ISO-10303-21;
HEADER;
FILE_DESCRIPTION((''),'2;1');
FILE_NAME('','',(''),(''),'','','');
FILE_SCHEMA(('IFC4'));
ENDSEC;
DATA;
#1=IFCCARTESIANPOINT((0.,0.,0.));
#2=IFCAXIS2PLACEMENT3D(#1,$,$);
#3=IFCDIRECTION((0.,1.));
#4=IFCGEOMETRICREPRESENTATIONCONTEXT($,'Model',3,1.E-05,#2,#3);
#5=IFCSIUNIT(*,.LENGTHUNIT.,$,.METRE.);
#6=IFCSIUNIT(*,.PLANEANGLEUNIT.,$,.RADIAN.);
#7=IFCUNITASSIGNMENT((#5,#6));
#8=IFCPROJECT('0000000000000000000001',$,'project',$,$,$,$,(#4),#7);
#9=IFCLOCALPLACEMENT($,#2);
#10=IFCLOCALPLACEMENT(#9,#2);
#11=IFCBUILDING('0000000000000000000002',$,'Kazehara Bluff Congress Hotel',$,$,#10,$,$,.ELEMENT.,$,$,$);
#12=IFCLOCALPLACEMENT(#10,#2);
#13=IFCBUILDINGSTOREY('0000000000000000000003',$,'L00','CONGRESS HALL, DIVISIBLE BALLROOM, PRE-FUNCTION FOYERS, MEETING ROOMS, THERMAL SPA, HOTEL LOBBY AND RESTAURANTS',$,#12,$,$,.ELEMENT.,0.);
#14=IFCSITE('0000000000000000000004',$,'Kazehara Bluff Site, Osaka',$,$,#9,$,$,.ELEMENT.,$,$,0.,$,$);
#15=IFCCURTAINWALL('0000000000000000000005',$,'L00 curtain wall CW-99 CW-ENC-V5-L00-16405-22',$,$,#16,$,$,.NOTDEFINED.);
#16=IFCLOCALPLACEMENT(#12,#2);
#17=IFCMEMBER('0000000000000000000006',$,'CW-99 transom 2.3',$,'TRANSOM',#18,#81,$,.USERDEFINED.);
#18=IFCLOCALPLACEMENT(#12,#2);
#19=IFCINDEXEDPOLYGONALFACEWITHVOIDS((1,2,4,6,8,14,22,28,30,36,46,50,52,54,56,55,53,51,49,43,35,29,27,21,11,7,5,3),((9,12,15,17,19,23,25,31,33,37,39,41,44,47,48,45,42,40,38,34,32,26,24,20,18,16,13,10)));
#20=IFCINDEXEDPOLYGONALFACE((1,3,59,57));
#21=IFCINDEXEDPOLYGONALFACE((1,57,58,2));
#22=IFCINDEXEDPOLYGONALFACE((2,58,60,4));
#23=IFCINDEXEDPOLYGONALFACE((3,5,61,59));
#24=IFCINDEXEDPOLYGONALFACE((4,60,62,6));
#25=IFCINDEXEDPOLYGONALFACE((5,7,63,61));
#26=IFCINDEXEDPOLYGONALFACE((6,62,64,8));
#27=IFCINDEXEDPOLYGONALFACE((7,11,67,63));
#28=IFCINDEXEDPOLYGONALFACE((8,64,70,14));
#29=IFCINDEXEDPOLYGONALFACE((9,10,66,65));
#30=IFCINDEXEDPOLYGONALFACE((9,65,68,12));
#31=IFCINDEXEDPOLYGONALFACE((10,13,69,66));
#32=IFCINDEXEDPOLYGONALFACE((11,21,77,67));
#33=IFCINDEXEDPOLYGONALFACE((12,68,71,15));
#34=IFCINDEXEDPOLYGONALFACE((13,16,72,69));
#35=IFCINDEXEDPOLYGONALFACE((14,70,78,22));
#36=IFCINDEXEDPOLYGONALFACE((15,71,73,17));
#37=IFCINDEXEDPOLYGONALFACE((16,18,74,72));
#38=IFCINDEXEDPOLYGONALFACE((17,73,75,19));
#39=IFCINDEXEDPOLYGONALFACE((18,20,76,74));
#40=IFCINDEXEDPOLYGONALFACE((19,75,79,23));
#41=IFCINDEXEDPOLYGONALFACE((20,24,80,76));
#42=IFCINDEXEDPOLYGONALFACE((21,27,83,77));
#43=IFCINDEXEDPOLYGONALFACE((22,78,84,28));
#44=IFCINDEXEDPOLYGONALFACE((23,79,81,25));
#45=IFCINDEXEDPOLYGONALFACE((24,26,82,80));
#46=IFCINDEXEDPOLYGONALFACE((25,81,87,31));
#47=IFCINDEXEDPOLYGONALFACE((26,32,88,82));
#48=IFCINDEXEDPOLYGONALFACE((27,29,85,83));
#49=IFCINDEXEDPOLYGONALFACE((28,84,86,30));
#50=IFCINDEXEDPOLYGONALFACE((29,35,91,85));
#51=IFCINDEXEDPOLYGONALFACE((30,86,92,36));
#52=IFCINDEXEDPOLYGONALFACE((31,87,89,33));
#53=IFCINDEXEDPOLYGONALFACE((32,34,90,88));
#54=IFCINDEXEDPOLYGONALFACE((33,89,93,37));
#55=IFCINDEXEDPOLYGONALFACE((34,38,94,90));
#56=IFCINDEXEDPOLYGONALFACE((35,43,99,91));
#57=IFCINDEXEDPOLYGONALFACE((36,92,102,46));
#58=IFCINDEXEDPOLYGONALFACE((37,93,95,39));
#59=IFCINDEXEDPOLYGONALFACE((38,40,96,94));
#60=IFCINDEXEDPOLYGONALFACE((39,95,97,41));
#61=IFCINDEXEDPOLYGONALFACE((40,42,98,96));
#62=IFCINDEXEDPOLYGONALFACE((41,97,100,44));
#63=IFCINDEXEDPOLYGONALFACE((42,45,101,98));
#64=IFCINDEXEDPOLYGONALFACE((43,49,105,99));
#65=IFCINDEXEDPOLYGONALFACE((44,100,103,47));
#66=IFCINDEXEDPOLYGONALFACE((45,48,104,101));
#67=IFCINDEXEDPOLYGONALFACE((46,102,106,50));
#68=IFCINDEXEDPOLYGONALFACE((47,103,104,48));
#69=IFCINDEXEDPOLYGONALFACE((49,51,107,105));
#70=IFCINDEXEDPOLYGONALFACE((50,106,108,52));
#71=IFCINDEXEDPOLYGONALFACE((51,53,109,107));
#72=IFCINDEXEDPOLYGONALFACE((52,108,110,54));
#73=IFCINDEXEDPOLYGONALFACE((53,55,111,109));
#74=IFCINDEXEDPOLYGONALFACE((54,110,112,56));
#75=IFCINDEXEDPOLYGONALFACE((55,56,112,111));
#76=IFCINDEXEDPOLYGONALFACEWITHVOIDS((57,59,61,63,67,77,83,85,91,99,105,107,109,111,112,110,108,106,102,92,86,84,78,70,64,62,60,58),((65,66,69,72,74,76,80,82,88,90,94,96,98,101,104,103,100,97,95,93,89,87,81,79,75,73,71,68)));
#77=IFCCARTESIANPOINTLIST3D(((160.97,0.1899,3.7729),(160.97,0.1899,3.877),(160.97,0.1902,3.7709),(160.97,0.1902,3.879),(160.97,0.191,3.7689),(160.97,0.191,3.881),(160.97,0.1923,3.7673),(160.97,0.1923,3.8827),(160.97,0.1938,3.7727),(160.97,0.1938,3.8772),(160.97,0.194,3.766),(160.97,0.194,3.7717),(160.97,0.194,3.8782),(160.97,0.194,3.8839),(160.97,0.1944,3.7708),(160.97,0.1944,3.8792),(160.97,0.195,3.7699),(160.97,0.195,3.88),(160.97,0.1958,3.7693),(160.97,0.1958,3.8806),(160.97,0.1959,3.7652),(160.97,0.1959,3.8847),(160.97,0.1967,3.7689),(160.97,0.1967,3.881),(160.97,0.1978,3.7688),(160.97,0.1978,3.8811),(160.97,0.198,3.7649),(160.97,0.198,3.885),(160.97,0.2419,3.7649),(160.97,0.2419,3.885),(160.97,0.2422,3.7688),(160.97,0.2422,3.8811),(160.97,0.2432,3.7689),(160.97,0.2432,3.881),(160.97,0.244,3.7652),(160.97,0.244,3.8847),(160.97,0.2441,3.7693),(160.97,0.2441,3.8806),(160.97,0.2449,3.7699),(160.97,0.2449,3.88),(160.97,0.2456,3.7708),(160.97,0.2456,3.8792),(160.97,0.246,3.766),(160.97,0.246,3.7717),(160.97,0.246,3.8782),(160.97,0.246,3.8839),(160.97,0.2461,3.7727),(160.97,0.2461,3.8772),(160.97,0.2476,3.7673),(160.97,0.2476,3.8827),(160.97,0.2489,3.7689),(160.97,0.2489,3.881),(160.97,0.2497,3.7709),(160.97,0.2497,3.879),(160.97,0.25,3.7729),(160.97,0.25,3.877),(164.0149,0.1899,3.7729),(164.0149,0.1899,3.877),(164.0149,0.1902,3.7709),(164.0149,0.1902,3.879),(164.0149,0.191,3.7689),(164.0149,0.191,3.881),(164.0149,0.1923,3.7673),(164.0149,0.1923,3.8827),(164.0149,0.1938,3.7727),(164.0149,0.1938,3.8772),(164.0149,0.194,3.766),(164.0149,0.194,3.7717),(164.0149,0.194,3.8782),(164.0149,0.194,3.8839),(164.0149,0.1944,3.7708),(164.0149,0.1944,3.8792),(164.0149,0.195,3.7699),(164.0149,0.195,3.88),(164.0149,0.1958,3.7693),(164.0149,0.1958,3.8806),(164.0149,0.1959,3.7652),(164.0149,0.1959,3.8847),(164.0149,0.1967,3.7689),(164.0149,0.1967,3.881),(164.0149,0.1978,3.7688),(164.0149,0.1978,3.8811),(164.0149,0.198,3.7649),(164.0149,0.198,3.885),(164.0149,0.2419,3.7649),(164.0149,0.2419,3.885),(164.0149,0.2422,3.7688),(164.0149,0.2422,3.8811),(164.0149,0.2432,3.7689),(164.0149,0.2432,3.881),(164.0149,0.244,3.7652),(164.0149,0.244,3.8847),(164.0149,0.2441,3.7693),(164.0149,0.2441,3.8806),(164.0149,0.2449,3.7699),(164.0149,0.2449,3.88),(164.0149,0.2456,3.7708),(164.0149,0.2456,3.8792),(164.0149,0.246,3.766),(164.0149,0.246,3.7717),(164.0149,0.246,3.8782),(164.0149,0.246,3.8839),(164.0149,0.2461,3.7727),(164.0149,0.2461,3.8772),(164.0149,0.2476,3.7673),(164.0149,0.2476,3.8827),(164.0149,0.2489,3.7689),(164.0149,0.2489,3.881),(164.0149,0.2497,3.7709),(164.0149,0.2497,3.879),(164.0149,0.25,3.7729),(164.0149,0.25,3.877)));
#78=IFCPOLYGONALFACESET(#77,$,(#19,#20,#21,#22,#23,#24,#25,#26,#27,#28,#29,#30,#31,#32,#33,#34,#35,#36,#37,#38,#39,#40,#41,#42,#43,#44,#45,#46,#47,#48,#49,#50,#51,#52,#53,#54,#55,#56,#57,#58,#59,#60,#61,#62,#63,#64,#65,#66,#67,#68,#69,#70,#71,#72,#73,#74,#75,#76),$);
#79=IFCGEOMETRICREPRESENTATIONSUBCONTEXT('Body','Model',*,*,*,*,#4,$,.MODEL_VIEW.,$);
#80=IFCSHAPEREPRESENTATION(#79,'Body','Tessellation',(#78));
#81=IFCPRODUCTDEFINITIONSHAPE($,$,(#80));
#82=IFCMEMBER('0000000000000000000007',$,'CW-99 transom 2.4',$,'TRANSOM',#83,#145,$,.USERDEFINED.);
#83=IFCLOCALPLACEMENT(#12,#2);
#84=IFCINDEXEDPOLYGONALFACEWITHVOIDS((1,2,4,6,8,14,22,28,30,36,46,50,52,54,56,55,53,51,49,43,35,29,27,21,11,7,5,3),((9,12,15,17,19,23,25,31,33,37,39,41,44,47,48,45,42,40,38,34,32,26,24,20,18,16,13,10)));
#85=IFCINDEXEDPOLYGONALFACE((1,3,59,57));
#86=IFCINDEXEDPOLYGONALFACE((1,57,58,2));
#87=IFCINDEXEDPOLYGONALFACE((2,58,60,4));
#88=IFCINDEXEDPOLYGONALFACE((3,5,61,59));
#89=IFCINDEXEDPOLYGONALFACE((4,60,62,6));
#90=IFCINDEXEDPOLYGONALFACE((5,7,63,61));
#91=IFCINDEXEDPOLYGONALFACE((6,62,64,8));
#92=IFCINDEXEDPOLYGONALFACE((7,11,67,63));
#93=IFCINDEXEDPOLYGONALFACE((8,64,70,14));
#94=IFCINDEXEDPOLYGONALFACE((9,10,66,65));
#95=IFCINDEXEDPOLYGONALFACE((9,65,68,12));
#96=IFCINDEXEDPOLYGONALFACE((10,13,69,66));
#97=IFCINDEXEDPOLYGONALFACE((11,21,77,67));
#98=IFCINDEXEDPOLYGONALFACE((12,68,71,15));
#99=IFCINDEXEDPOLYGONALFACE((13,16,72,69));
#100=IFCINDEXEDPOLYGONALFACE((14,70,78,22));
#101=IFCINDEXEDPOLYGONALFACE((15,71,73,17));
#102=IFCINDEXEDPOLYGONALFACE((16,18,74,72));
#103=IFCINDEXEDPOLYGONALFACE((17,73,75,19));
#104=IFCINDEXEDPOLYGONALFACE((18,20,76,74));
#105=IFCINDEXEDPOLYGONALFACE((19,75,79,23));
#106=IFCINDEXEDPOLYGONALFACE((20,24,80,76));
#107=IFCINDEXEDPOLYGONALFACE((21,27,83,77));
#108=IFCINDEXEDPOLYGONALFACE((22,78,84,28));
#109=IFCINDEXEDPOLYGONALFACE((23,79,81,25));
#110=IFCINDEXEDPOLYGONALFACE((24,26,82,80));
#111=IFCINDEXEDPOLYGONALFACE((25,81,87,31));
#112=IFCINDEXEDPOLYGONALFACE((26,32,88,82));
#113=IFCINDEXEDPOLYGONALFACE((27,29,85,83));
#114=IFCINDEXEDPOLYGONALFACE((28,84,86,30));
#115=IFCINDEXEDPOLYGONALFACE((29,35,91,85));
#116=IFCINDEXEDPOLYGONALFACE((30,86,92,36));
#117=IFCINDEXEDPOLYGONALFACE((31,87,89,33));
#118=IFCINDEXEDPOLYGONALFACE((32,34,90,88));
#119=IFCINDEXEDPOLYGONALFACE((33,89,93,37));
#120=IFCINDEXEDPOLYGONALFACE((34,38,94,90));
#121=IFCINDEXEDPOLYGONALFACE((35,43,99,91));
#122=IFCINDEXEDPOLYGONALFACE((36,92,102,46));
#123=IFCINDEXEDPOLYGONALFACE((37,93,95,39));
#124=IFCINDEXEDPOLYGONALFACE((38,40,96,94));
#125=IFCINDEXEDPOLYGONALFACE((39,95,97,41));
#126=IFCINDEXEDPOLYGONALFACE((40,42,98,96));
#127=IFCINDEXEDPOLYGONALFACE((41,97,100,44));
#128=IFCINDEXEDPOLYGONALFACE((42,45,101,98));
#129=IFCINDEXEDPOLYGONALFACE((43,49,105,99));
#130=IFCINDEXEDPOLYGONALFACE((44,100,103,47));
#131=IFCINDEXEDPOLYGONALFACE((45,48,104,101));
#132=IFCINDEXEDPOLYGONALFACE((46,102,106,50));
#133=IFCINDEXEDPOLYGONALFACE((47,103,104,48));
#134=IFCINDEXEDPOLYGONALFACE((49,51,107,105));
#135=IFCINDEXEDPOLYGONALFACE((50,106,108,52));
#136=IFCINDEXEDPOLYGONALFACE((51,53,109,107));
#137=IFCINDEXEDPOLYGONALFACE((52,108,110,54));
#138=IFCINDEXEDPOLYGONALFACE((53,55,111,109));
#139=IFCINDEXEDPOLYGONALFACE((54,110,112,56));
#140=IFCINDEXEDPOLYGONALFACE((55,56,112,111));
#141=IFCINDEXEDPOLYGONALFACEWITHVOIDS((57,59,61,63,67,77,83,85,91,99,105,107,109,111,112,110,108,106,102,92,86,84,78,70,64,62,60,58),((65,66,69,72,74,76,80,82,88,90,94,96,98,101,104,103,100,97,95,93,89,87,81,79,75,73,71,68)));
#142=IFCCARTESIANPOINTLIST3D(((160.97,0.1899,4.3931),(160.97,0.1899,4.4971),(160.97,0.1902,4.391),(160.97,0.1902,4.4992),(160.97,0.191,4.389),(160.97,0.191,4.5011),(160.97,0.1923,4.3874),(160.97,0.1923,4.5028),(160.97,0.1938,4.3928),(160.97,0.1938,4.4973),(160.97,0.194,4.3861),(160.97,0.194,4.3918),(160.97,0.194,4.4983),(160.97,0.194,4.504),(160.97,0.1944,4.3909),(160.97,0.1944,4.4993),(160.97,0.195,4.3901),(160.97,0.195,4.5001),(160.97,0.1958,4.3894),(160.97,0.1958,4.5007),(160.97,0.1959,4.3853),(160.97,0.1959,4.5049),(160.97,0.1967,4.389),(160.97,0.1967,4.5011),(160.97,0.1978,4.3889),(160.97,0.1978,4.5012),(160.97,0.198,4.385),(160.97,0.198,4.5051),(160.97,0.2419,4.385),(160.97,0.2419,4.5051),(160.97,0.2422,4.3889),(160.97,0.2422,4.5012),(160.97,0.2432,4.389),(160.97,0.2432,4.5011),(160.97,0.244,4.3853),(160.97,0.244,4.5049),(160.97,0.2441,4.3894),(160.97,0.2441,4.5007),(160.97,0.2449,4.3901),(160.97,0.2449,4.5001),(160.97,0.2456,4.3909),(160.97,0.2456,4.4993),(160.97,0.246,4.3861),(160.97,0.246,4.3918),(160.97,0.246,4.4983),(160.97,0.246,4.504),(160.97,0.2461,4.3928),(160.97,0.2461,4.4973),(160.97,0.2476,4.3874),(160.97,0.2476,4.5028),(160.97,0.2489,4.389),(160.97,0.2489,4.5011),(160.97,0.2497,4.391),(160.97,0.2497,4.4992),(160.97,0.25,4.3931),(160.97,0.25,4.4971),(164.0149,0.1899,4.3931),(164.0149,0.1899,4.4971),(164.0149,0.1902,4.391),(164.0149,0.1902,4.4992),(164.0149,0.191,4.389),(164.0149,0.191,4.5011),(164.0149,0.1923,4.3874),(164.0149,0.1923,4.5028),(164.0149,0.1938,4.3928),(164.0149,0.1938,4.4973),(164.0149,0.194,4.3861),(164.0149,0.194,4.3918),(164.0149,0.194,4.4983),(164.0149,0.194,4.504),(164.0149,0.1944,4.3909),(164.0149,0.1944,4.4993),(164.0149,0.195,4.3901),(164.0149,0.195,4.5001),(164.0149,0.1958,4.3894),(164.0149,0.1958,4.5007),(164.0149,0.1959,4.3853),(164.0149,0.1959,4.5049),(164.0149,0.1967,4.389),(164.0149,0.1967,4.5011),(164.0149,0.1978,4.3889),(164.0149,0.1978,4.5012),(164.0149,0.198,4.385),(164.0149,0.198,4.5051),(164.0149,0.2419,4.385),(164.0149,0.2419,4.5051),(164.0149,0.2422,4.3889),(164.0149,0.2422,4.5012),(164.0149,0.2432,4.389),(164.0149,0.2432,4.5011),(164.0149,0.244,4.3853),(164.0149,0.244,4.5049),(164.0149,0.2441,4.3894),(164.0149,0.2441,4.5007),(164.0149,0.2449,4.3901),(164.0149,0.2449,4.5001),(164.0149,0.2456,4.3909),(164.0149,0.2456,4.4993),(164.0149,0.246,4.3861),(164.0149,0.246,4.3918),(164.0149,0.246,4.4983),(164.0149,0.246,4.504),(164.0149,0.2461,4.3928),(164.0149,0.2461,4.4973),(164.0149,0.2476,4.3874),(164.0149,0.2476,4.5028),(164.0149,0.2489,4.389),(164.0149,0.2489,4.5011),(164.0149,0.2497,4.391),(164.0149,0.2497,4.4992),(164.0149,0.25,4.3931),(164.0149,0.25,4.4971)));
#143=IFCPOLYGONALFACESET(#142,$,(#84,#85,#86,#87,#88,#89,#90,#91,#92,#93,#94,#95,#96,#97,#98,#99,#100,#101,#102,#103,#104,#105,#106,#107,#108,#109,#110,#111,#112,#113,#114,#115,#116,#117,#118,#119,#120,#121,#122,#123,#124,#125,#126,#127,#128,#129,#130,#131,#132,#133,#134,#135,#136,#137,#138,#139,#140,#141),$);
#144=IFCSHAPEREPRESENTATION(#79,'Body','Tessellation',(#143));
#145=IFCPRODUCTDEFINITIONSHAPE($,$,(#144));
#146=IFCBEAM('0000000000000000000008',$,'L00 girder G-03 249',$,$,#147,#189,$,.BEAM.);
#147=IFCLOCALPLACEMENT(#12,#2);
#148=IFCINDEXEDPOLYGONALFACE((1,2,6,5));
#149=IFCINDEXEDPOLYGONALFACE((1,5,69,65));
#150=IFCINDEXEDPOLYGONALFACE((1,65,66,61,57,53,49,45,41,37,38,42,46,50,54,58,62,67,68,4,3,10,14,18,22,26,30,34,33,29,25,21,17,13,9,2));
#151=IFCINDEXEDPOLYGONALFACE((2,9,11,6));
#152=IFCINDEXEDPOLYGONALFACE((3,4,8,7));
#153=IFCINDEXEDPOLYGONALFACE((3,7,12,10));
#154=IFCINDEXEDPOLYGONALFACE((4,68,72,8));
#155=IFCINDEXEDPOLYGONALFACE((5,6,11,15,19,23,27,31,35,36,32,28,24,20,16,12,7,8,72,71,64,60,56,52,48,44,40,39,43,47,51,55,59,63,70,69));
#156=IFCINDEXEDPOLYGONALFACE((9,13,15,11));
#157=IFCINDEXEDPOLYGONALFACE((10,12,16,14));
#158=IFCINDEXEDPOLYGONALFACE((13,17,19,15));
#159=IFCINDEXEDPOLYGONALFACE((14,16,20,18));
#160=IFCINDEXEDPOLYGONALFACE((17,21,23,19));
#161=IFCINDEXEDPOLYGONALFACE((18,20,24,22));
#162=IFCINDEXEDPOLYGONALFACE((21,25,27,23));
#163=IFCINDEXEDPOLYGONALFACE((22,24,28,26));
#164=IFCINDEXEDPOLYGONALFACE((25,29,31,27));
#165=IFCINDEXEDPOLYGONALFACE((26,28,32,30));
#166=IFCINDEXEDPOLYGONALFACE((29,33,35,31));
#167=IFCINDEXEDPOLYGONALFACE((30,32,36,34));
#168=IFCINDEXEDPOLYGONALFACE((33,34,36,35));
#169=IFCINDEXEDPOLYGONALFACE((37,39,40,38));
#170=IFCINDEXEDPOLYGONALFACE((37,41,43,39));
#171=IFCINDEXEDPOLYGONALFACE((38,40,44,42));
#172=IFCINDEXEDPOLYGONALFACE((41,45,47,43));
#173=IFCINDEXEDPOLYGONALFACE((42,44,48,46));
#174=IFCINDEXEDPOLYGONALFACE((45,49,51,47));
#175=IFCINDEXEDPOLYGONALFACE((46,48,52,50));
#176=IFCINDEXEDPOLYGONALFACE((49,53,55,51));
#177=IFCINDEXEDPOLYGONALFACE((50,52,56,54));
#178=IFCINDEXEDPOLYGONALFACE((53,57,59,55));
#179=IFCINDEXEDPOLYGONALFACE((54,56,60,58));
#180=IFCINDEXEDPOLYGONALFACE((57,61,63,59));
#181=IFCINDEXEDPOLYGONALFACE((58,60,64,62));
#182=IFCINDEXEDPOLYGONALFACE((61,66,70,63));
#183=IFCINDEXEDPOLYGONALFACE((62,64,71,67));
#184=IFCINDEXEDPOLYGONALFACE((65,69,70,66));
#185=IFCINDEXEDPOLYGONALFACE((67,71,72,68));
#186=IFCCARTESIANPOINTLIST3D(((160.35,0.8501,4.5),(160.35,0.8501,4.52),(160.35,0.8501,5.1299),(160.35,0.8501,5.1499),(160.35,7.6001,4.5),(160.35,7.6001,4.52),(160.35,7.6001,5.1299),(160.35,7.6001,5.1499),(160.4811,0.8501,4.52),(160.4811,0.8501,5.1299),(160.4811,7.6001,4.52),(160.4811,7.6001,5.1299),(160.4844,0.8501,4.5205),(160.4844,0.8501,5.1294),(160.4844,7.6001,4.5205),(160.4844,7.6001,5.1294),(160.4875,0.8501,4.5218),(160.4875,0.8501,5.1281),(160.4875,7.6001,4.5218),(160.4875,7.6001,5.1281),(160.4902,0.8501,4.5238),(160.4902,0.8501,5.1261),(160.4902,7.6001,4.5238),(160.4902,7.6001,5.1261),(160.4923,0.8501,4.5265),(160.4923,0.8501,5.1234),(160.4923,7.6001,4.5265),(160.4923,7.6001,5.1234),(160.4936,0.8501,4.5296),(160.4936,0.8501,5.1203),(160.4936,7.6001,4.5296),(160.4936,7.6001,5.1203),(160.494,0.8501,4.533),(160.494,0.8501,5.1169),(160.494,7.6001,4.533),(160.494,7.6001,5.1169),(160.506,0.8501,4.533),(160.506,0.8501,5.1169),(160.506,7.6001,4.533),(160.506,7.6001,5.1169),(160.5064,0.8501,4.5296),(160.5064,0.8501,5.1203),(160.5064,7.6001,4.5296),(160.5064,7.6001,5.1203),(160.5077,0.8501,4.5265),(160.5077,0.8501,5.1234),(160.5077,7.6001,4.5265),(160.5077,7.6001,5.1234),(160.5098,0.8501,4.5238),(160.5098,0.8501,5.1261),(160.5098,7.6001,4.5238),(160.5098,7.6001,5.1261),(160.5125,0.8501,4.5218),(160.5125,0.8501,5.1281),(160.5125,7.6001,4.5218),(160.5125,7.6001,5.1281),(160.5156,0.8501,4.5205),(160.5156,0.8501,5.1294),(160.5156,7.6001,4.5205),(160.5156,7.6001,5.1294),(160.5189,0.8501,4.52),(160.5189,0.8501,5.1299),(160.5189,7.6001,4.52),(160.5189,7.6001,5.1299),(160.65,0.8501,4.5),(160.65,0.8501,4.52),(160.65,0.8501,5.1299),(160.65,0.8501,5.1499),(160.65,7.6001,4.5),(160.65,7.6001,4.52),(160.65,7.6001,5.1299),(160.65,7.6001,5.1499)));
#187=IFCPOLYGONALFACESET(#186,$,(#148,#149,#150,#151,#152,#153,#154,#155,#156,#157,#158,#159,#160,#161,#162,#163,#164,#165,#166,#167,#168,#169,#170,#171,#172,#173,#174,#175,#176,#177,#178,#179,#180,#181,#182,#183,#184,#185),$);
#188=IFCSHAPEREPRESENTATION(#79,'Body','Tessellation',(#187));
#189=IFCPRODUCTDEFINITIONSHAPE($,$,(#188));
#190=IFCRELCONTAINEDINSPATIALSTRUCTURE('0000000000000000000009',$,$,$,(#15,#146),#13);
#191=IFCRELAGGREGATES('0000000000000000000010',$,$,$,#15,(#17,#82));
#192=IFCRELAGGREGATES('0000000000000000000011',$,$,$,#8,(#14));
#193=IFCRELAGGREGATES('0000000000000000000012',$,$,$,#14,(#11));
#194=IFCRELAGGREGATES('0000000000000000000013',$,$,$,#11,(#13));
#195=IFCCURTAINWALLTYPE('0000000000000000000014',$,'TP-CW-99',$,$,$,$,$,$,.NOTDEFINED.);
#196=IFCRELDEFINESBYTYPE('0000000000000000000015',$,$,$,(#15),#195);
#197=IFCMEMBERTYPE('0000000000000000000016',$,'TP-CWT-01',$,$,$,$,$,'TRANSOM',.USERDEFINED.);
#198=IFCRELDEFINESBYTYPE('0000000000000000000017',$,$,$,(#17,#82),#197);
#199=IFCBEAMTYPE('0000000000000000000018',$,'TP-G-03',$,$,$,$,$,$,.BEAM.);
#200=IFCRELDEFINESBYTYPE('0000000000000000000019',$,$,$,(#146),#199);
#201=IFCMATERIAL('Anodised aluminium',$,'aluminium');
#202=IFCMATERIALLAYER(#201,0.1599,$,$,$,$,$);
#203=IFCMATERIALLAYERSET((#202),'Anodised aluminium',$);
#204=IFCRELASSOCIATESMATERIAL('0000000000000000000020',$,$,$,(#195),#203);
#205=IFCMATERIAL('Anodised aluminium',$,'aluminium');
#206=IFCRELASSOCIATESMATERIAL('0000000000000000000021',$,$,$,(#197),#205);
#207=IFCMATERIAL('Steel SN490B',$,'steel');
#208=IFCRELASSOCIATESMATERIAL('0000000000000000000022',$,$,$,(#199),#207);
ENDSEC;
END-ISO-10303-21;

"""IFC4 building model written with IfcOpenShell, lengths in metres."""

from ifc_helpers import new_model, si_unit, direction, frame, origin, origin_2d, place, context, subcontext, project, spatial, hollow_rectangle, i_section, extrude, material, layer, layer_set, material_profile, profile_set, type_object, element, aggregate, save


model = new_model("IFC4")

# Units and contexts
model_context = context("Model", 3, precision=1e-05, world=origin(), true_north=direction((0.0, 1.0)))
body_context = subcontext(model_context, "Body", "Model", "MODEL_VIEW")
ifc_project = project(units=[si_unit("LENGTHUNIT", "METRE"), si_unit("PLANEANGLEUNIT", "RADIAN")], contexts=[model_context])

# Site, building, storey
site_placement = place(None, origin())
site = spatial("IfcSite", under=ifc_project, at=site_placement, Name="Kazehara Bluff Site, Osaka", CompositionType="ELEMENT", RefElevation=0.0)
building_placement = place(site_placement, origin())
building = spatial("IfcBuilding", under=site, at=building_placement, Name="Kazehara Bluff Congress Hotel", CompositionType="ELEMENT")
storey_placement = place(building_placement, origin())
storey = spatial("IfcBuildingStorey", under=building, at=storey_placement, Name="L00", Description="CONGRESS HALL, DIVISIBLE BALLROOM, PRE-FUNCTION FOYERS, MEETING ROOMS, THERMAL SPA, HOTEL LOBBY AND RESTAURANTS", CompositionType="ELEMENT", Elevation=0.0)

# Curtain wall, members
ifc_material_1 = material(Name="Anodised aluminium", Category="aluminium")
ifc_layer_1 = layer(ifc_material_1, 0.1599)
ifc_layer_set_1 = layer_set([ifc_layer_1], Name="Anodised aluminium")
curtain_wall_type = type_object("IfcCurtainWallType", Name="TP-CW-99", PredefinedType="NOTDEFINED", material=ifc_layer_set_1)
curtain_wall_placement = place(storey_placement, origin())
curtain_wall = element("IfcCurtainWall", 1, at=curtain_wall_placement, inside=storey, type_object=curtain_wall_type, Name="L00 curtain wall CW-99 CW-ENC-V5-L00-16405-22", PredefinedType="NOTDEFINED")
ifc_material_2 = material(Name="Anodised aluminium", Category="aluminium")
ifc_material_profile_1 = material_profile(ifc_material_2, hollow_rectangle(XDim=0.0601, YDim=0.1201, WallThickness=0.0039, InnerFilletRadius=0.0039, OuterFilletRadius=0.0081, at=origin_2d()))
ifc_profile_set_1 = profile_set([ifc_material_profile_1], Name="Anodised aluminium")
member_type_1 = type_object("IfcMemberType", Name="TP-CWT-01", ElementType="TRANSOM", PredefinedType="USERDEFINED", material=ifc_profile_set_1)
member_1_placement = place(storey_placement, frame((164.0149, 0.22, 3.825), z_axis=(-1.0, 0.0, 0.0), x_axis=(0.0, -1.0, 0.0)))
member_1 = element("IfcMember", 2, at=member_1_placement, type_object=member_type_1, Name="CW-99 transom 2.3", ObjectType="TRANSOM", PredefinedType="USERDEFINED", context=body_context, shape_type="SweptSolid", body=[
    extrude(hollow_rectangle(XDim=0.0601, YDim=0.1201, WallThickness=0.0039, InnerFilletRadius=0.0039, OuterFilletRadius=0.0081, at=origin_2d()), origin(), (0.0, 0.0, 1.0), 3.0449),
])
member_2_placement = place(storey_placement, frame((164.0149, 0.22, 4.4451), z_axis=(-1.0, 0.0, 0.0), x_axis=(0.0, -1.0, 0.0)))
member_2 = element("IfcMember", 3, at=member_2_placement, type_object=member_type_1, Name="CW-99 transom 2.4", ObjectType="TRANSOM", PredefinedType="USERDEFINED", context=body_context, shape_type="SweptSolid", body=[
    extrude(hollow_rectangle(XDim=0.0601, YDim=0.1201, WallThickness=0.0039, InnerFilletRadius=0.0039, OuterFilletRadius=0.0081, at=origin_2d()), origin(), (0.0, 0.0, 1.0), 3.0449),
])

# Beam
ifc_material_3 = material(Name="Steel SN490B", Category="steel")
ifc_material_profile_2 = material_profile(ifc_material_3, i_section(OverallWidth=0.3, OverallDepth=0.6499, WebThickness=0.012, FlangeThickness=0.02, FilletRadius=0.0129, at=origin_2d()))
ifc_profile_set_2 = profile_set([ifc_material_profile_2], Name="Steel SN490B")
beam_type_1 = type_object("IfcBeamType", Name="TP-G-03", PredefinedType="BEAM", material=ifc_profile_set_2)
beam_1_placement = place(storey_placement, frame((160.5, 0.8501, 4.825), z_axis=(0.0, 1.0, 0.0), x_axis=(-1.0, 0.0, 0.0)))
element("IfcBeam", 4, at=beam_1_placement, inside=storey, type_object=beam_type_1, Name="L00 girder G-03 249", PredefinedType="BEAM", context=body_context, shape_type="SweptSolid", body=[
    extrude(i_section(OverallWidth=0.3, OverallDepth=0.6499, WebThickness=0.012, FlangeThickness=0.02, FilletRadius=0.0129, at=origin_2d()), origin(), (0.0, 0.0, 1.0), 6.75),
])

aggregate(curtain_wall, [member_1, member_2])

save(model, "model.ifc")
